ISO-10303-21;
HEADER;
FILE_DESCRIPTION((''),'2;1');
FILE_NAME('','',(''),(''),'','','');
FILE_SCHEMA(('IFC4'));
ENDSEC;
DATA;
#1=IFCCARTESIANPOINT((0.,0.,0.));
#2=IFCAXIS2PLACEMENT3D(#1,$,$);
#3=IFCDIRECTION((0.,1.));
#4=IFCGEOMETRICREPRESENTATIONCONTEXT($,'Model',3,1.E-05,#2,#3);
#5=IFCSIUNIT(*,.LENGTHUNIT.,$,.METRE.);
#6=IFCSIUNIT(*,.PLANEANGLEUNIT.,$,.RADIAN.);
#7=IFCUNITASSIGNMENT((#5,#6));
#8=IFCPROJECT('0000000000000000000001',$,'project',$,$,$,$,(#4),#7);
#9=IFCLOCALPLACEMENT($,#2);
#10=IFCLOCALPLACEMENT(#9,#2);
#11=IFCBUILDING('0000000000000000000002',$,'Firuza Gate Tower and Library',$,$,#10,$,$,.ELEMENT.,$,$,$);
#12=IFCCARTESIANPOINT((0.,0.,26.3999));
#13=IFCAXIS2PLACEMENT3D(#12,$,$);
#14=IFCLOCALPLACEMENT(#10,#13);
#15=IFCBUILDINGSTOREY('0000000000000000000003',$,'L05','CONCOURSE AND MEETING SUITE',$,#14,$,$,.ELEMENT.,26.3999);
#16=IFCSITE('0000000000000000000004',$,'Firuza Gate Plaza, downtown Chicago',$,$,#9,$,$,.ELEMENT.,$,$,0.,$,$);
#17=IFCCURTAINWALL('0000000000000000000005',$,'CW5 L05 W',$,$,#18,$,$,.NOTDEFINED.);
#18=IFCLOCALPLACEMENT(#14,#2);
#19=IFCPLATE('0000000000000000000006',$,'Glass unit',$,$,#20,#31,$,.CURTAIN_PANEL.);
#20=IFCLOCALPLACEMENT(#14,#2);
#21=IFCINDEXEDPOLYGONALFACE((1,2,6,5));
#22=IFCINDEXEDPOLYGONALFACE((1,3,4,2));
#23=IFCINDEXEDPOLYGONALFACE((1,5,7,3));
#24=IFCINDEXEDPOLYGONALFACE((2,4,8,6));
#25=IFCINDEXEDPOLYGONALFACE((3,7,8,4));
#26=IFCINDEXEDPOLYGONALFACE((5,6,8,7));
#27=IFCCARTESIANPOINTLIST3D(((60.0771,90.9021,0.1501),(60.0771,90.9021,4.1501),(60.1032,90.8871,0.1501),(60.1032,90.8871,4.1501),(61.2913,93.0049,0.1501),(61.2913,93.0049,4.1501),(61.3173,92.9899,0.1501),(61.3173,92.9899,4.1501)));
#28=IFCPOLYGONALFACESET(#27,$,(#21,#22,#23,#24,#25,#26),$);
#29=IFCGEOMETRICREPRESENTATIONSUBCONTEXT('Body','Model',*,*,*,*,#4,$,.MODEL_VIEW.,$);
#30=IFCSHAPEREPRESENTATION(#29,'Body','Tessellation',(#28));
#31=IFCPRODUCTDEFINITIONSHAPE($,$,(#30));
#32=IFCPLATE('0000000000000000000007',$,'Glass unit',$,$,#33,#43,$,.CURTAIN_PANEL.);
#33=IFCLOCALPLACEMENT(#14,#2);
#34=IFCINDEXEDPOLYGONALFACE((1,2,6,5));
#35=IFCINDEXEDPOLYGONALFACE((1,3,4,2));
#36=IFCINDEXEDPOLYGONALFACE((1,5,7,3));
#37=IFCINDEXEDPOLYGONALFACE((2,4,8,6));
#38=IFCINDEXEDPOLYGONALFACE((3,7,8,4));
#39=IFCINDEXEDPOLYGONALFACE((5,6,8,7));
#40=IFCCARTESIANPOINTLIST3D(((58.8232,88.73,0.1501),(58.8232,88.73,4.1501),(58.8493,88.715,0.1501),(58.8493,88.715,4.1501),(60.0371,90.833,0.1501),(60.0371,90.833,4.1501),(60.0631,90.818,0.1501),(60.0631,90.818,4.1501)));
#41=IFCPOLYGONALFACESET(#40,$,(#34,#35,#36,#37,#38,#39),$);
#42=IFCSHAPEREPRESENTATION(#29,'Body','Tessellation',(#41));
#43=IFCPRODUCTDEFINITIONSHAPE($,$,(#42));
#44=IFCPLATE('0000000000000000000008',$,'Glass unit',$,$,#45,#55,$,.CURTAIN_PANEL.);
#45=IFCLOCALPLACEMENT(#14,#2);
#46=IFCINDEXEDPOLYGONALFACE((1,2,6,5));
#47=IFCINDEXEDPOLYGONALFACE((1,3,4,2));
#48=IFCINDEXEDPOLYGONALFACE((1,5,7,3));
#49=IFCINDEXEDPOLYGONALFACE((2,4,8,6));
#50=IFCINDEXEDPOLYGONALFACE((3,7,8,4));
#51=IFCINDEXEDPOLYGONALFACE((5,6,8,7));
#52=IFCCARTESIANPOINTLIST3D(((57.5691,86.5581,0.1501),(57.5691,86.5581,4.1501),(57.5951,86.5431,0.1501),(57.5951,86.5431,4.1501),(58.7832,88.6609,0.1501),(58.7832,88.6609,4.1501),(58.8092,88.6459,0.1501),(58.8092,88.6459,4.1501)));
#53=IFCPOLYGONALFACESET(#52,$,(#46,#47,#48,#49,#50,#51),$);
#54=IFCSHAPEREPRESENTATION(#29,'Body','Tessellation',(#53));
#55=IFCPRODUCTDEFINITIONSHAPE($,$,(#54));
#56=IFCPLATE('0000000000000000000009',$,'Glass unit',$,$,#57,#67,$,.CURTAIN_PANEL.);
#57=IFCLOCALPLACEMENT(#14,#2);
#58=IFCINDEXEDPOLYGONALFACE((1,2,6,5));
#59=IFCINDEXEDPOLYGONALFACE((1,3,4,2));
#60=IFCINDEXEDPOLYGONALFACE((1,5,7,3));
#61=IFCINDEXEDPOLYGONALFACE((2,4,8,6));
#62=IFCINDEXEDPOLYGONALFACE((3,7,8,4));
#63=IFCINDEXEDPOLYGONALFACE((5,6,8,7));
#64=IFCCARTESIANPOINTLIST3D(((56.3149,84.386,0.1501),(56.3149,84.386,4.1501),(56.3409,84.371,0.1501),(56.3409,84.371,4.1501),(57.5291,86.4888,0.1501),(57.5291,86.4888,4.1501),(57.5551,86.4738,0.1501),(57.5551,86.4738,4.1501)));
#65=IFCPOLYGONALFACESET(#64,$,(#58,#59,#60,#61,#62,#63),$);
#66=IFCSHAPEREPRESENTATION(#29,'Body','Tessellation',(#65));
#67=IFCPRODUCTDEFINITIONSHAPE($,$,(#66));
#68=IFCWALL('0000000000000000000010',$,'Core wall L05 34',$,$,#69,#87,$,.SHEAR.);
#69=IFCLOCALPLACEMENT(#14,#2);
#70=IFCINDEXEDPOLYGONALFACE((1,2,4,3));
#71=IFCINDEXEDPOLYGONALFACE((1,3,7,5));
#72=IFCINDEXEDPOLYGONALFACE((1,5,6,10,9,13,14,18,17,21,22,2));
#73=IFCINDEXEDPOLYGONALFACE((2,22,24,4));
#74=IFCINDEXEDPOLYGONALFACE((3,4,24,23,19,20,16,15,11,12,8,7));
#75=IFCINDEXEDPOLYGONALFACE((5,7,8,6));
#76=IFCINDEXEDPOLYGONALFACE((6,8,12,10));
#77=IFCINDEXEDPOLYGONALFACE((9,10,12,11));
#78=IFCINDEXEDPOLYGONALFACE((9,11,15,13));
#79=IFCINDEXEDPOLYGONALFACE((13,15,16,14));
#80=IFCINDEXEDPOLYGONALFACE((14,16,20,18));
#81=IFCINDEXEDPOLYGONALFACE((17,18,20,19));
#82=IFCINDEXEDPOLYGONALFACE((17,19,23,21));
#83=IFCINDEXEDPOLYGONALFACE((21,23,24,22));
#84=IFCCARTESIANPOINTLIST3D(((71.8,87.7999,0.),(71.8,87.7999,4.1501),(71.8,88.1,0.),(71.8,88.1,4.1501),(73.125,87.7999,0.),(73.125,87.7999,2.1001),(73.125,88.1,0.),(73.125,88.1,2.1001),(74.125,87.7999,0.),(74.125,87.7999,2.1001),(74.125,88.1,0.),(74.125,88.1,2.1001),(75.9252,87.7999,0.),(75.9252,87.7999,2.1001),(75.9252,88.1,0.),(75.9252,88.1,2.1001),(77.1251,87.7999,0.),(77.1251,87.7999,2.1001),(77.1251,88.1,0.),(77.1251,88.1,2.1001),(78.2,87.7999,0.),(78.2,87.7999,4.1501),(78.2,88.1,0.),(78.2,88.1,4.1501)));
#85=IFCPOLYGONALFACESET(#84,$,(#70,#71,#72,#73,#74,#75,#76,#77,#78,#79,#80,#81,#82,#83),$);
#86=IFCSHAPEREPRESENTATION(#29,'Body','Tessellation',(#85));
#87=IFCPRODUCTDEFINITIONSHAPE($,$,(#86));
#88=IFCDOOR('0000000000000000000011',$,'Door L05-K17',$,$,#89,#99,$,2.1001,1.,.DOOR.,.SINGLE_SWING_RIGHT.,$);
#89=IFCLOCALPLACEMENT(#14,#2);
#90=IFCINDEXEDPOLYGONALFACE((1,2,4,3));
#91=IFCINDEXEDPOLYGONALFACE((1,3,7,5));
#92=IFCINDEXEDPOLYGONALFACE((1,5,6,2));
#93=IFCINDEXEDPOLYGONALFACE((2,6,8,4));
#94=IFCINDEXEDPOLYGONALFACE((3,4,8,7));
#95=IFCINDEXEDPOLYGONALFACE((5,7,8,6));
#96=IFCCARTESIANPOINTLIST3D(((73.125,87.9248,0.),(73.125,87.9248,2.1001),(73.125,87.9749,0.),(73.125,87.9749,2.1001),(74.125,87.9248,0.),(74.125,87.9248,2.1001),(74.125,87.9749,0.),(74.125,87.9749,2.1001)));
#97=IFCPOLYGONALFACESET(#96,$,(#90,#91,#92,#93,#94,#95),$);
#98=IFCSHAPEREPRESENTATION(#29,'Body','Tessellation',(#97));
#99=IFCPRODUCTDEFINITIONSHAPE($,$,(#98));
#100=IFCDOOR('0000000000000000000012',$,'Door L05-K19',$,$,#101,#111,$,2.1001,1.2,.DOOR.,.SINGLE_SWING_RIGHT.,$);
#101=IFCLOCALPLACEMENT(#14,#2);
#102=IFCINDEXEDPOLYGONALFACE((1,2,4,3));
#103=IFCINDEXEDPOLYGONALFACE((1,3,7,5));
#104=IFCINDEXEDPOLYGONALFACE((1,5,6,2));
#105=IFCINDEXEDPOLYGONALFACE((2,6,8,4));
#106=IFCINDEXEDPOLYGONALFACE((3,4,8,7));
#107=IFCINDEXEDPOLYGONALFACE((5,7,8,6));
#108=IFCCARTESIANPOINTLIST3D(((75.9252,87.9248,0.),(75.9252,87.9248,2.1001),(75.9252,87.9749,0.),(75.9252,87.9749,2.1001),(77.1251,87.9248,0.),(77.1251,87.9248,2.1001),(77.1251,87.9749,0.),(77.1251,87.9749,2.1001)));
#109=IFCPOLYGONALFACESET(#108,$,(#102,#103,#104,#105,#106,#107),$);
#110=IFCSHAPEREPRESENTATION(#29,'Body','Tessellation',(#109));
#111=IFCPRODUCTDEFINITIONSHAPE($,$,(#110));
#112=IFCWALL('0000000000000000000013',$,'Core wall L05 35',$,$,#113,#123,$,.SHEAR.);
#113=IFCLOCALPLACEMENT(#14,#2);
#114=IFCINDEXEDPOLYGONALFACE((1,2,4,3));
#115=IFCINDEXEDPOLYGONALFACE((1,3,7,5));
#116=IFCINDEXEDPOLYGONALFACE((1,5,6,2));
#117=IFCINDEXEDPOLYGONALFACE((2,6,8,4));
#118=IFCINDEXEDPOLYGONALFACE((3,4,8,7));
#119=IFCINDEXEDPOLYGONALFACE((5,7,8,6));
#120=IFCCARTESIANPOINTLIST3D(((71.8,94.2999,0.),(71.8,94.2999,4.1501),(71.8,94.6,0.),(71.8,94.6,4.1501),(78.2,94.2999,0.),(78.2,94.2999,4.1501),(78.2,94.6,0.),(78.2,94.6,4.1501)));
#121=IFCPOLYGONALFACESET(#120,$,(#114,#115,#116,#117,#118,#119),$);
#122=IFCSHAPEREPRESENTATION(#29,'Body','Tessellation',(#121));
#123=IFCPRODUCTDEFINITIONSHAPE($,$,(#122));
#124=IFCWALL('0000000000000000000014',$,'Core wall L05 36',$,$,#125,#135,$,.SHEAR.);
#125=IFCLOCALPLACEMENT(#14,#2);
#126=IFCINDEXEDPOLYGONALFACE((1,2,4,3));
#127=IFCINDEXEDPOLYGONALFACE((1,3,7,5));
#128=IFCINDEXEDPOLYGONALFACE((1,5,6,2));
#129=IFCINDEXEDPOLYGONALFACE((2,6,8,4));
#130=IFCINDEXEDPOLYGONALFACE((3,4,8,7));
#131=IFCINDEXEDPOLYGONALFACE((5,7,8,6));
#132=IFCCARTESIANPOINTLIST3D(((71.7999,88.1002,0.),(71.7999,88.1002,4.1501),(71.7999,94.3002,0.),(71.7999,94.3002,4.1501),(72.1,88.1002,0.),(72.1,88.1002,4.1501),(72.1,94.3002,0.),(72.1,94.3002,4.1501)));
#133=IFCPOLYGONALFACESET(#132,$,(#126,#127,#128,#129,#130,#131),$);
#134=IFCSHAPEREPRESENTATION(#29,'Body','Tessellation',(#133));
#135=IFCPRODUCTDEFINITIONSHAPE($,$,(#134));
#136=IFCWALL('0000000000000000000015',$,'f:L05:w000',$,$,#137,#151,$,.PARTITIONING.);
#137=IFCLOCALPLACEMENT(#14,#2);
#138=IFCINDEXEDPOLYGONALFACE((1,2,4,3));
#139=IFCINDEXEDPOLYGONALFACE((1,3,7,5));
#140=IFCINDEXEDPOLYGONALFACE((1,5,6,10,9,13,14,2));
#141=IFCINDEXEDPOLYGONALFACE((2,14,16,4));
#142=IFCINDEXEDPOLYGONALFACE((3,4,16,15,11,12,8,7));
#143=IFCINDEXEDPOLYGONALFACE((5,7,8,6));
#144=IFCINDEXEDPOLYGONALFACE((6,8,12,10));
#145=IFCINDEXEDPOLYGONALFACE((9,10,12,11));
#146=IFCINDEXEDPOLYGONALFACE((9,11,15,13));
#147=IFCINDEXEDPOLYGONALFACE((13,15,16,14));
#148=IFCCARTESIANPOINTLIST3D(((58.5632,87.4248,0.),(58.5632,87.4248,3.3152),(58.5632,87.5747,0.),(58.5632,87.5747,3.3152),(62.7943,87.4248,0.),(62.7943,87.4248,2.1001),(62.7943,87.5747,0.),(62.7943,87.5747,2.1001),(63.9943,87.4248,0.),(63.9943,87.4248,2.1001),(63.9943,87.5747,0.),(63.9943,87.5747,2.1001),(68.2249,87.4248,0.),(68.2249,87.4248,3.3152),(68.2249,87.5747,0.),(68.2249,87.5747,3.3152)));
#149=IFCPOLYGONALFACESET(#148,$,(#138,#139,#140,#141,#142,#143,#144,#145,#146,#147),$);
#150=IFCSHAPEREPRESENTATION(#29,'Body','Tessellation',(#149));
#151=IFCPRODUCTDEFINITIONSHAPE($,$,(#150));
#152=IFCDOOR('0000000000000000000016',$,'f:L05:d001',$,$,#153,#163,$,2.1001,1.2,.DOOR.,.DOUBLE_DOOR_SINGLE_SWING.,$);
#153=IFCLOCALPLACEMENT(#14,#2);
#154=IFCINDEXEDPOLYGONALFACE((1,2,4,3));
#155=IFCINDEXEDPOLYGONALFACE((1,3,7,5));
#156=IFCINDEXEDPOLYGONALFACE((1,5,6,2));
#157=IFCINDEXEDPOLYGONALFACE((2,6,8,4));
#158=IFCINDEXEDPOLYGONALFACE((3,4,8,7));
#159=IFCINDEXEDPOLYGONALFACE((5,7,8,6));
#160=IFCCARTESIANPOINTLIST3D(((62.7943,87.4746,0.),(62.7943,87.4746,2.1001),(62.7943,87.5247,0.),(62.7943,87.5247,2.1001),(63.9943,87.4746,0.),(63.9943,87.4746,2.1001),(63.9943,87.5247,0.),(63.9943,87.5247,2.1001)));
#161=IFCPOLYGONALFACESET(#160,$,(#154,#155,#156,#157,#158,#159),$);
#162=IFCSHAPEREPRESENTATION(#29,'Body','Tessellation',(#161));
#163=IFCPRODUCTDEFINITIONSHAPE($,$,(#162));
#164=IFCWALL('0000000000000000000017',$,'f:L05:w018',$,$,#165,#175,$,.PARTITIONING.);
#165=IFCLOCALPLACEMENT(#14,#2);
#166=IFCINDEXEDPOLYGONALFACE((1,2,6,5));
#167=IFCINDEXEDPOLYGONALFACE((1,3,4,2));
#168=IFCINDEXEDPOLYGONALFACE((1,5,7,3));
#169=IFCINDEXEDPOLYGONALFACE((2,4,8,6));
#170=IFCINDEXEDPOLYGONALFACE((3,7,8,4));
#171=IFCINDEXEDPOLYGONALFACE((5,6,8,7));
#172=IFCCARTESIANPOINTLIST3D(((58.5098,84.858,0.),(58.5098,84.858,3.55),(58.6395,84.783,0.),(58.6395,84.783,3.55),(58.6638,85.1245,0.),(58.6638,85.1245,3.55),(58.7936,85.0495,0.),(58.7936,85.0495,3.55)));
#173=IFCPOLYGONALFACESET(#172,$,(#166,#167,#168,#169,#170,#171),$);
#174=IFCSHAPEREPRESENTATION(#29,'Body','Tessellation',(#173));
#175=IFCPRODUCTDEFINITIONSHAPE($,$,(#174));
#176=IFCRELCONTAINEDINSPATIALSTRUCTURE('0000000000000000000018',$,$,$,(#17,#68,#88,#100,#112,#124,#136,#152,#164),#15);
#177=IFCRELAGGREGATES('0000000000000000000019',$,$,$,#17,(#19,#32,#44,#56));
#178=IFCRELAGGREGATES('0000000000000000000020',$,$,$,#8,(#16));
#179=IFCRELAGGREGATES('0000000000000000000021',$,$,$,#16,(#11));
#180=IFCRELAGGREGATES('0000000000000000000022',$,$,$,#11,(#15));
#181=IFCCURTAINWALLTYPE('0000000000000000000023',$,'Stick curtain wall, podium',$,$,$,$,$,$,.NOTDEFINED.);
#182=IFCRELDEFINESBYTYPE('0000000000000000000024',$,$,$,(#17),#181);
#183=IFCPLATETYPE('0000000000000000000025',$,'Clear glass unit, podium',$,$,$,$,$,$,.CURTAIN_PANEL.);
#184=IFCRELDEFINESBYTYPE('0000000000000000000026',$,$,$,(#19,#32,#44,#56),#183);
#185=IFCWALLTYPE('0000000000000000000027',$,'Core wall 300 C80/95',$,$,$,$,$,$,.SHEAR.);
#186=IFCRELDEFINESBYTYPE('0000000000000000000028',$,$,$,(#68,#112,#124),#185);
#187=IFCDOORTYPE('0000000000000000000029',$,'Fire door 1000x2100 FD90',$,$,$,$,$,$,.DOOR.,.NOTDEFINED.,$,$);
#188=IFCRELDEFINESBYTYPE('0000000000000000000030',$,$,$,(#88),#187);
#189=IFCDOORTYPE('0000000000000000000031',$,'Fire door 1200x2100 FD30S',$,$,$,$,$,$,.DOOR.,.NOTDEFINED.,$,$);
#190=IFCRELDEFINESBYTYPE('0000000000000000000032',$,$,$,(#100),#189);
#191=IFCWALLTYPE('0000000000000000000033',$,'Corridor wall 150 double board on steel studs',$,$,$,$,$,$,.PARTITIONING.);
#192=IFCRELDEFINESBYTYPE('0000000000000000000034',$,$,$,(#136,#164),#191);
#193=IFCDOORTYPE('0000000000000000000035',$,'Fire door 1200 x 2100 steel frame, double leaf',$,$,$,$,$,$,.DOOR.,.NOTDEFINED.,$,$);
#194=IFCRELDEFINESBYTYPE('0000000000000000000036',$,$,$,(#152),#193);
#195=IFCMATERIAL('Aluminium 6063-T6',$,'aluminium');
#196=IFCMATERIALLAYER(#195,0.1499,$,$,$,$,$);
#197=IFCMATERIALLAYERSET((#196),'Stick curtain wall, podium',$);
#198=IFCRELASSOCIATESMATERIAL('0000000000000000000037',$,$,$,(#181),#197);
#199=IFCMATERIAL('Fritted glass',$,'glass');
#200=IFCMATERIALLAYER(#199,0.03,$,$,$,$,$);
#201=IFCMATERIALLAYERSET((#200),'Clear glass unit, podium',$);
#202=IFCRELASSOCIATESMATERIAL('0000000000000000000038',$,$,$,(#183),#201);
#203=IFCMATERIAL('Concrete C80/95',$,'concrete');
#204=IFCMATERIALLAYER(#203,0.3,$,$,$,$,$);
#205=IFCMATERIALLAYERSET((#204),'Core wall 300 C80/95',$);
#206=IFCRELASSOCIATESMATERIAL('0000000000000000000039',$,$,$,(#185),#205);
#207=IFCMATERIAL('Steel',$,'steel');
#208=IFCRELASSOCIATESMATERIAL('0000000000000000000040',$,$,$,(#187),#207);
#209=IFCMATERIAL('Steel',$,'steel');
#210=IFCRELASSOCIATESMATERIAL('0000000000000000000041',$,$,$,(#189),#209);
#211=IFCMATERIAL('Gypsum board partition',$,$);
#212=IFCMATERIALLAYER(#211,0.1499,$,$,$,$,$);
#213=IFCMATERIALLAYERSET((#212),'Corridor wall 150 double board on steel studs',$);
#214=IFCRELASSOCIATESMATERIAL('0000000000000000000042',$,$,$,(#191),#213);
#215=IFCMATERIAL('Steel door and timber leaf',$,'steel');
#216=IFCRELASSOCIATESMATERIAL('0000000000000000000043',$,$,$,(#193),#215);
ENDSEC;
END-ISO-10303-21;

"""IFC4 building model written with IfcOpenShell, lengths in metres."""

from ifc_helpers import new_model, si_unit, direction, frame, frame_2d, origin, place, context, subcontext, project, spatial, polyline, rectangle, outline, extrude, material, layer, layer_set, type_object, element, fill, aggregate, save


model = new_model("IFC4")

# Units and contexts
model_context = context("Model", 3, precision=1e-05, world=origin(), true_north=direction((0.0, 1.0)))
body_context = subcontext(model_context, "Body", "Model", "MODEL_VIEW")
ifc_project = project(units=[si_unit("LENGTHUNIT", "METRE"), si_unit("PLANEANGLEUNIT", "RADIAN")], contexts=[model_context])

# Site, building, storey
site_placement = place(None, origin())
site = spatial("IfcSite", under=ifc_project, at=site_placement, Name="Firuza Gate Plaza, downtown Chicago", CompositionType="ELEMENT", RefElevation=0.0)
building_placement = place(site_placement, origin())
building = spatial("IfcBuilding", under=site, at=building_placement, Name="Firuza Gate Tower and Library", CompositionType="ELEMENT")
storey_placement = place(building_placement, frame((0.0, 0.0, 26.3999)))
storey = spatial("IfcBuildingStorey", under=building, at=storey_placement, Name="L05", Description="CONCOURSE AND MEETING SUITE", CompositionType="ELEMENT", Elevation=26.3999)

# Curtain wall
ifc_material_1 = material(Name="Aluminium 6063-T6", Category="aluminium")
ifc_layer_1 = layer(ifc_material_1, 0.1499)
ifc_layer_set_1 = layer_set([ifc_layer_1], Name="Stick curtain wall, podium")
curtain_wall_type = type_object("IfcCurtainWallType", Name="Stick curtain wall, podium", PredefinedType="NOTDEFINED", material=ifc_layer_set_1)
placement = place(storey_placement, origin())
curtain_wall = element("IfcCurtainWall", 1, at=placement, inside=storey, type_object=curtain_wall_type, Name="CW5 L05 W", PredefinedType="NOTDEFINED")

# Plates
ifc_material_2 = material(Name="Fritted glass", Category="glass")
ifc_layer_2 = layer(ifc_material_2, 0.03)
ifc_layer_set_2 = layer_set([ifc_layer_2], Name="Clear glass unit, podium")
plate_type = type_object("IfcPlateType", Name="Clear glass unit, podium", PredefinedType="CURTAIN_PANEL", material=ifc_layer_set_2)
plate_1_placement = place(storey_placement, frame((61.2913, 93.0049, 0.1501), z_axis=(-0.866013, 0.500021, 0.0), x_axis=(-0.500021, -0.866013, 0.0)))
plate_1 = element("IfcPlate", 2, at=plate_1_placement, type_object=plate_type, Name="Glass unit", PredefinedType="CURTAIN_PANEL", context=body_context, shape_type="SweptSolid", body=[
    extrude(outline(polyline([(0.0, 0.0), (2.4281, 0.0), (2.4281, 4.0), (0.0, 4.0), (0.0, 0.0)])), origin(), (0.0, 0.0, -1.0), 0.03),
])
plate_2_placement = place(storey_placement, frame((60.0371, 90.833, 0.1501), z_axis=(-0.866082, 0.499902, 0.0), x_axis=(-0.499902, -0.866082, 0.0)))
plate_2 = element("IfcPlate", 3, at=plate_2_placement, type_object=plate_type, Name="Glass unit", PredefinedType="CURTAIN_PANEL", context=body_context, shape_type="SweptSolid", body=[
    extrude(outline(polyline([(0.0, 0.0), (2.4282, 0.0), (2.4282, 4.0), (0.0, 4.0), (0.0, 0.0)])), origin(), (0.0, 0.0, -1.0), 0.03),
])
plate_3_placement = place(storey_placement, frame((58.7832, 88.6609, 0.1501), z_axis=(-0.866013, 0.500021, 0.0), x_axis=(-0.500021, -0.866013, 0.0)))
plate_3 = element("IfcPlate", 4, at=plate_3_placement, type_object=plate_type, Name="Glass unit", PredefinedType="CURTAIN_PANEL", context=body_context, shape_type="SweptSolid", body=[
    extrude(outline(polyline([(0.0, 0.0), (2.4281, 0.0), (2.4281, 4.0), (0.0, 4.0), (0.0, 0.0)])), origin(), (0.0, 0.0, -1.0), 0.03),
])
plate_4_placement = place(storey_placement, frame((57.5291, 86.4888, 0.1501), z_axis=(-0.866013, 0.500021, 0.0), x_axis=(-0.500021, -0.866013, 0.0)))
plate_4 = element("IfcPlate", 5, at=plate_4_placement, type_object=plate_type, Name="Glass unit", PredefinedType="CURTAIN_PANEL", context=body_context, shape_type="SweptSolid", body=[
    extrude(outline(polyline([(0.0, 0.0), (2.4281, 0.0), (2.4281, 4.0), (0.0, 4.0), (0.0, 0.0)])), origin(), (0.0, 0.0, -1.0), 0.03),
])
aggregate(curtain_wall, [plate_1, plate_2, plate_3, plate_4])

# Wall, openings, doors
ifc_material_3 = material(Name="Concrete C80/95", Category="concrete")
ifc_layer_3 = layer(ifc_material_3, 0.3)
ifc_layer_set_3 = layer_set([ifc_layer_3], Name="Core wall 300 C80/95")
wall_type_1 = type_object("IfcWallType", Name="Core wall 300 C80/95", PredefinedType="SHEAR", material=ifc_layer_set_3)
wall_1_placement = place(storey_placement, frame((71.8, 87.95, 0.0), z_axis=(0.0, 0.0, 1.0), x_axis=(1.0, 0.0, 0.0)))
wall_1 = element("IfcWall", 6, at=wall_1_placement, inside=storey, type_object=wall_type_1, Name="Core wall L05 34", PredefinedType="SHEAR", context=body_context, shape_type="SweptSolid", body=[
    extrude(rectangle(XDim=6.3999, YDim=0.3, at=frame_2d((3.2, 0.0))), origin(), (0.0, 0.0, 1.0), 4.1501),
])
opening_1_placement = place(wall_1_placement, frame((1.325, 0.0, 0.0)))
opening_1 = element("IfcOpeningElement", 7, at=opening_1_placement, cuts=wall_1, PredefinedType="OPENING", context=body_context, shape_type="SweptSolid", body=[
    extrude(rectangle(XDim=1.0, YDim=2.1001, at=frame_2d((0.5, 1.05))), frame((0.0, 0.1602, 0.0), z_axis=(0.0, -1.0, 0.0), x_axis=(1.0, 0.0, 0.0)), (0.0, 0.0, 1.0), 0.3201),
])
opening_2_placement = place(wall_1_placement, frame((4.125, 0.0, 0.0)))
opening_2 = element("IfcOpeningElement", 8, at=opening_2_placement, cuts=wall_1, PredefinedType="OPENING", context=body_context, shape_type="SweptSolid", body=[
    extrude(rectangle(XDim=1.2, YDim=2.1001, at=frame_2d((0.6001, 1.05))), frame((0.0, 0.1602, 0.0), z_axis=(0.0, -1.0, 0.0), x_axis=(1.0, 0.0, 0.0)), (0.0, 0.0, 1.0), 0.3201),
])
ifc_material_4 = material(Name="Steel", Category="steel")
door_type_1 = type_object("IfcDoorType", Name="Fire door 1000x2100 FD90", OperationType="NOTDEFINED", PredefinedType="DOOR", material=ifc_material_4)
door_1_placement = place(opening_1_placement, origin())
door_1 = element("IfcDoor", 9, at=door_1_placement, inside=storey, type_object=door_type_1, Name="Door L05-K17", OperationType="SINGLE_SWING_RIGHT", OverallHeight=2.1001, OverallWidth=1.0, PredefinedType="DOOR", context=body_context, shape_type="SweptSolid", body=[
    extrude(rectangle(XDim=1.0, YDim=2.1001, at=frame_2d((0.5, 1.05))), frame((0.0, 0.0249, 0.0), z_axis=(0.0, -1.0, 0.0), x_axis=(1.0, 0.0, 0.0)), (0.0, 0.0, 1.0), 0.05),
])
fill(opening_1, door_1)
ifc_material_5 = material(Name="Steel", Category="steel")
door_type_2 = type_object("IfcDoorType", Name="Fire door 1200x2100 FD30S", OperationType="NOTDEFINED", PredefinedType="DOOR", material=ifc_material_5)
door_2_placement = place(opening_2_placement, origin())
door_2 = element("IfcDoor", 10, at=door_2_placement, inside=storey, type_object=door_type_2, Name="Door L05-K19", OperationType="SINGLE_SWING_RIGHT", OverallHeight=2.1001, OverallWidth=1.2, PredefinedType="DOOR", context=body_context, shape_type="SweptSolid", body=[
    extrude(rectangle(XDim=1.2, YDim=2.1001, at=frame_2d((0.6001, 1.05))), frame((0.0, 0.0249, 0.0), z_axis=(0.0, -1.0, 0.0), x_axis=(1.0, 0.0, 0.0)), (0.0, 0.0, 1.0), 0.05),
])
fill(opening_2, door_2)

# Walls
wall_2_placement = place(storey_placement, frame((71.8, 94.45, 0.0), z_axis=(0.0, 0.0, 1.0), x_axis=(1.0, 0.0, 0.0)))
element("IfcWall", 11, at=wall_2_placement, inside=storey, type_object=wall_type_1, Name="Core wall L05 35", PredefinedType="SHEAR", context=body_context, shape_type="SweptSolid", body=[
    extrude(rectangle(XDim=6.3999, YDim=0.3, at=frame_2d((3.2, 0.0))), origin(), (0.0, 0.0, 1.0), 4.1501),
])
wall_3_placement = place(storey_placement, frame((71.95, 88.1001, 0.0), z_axis=(0.0, 0.0, 1.0), x_axis=(0.0, 1.0, 0.0)))
element("IfcWall", 12, at=wall_3_placement, inside=storey, type_object=wall_type_1, Name="Core wall L05 36", PredefinedType="SHEAR", context=body_context, shape_type="SweptSolid", body=[
    extrude(rectangle(XDim=6.2, YDim=0.3, at=frame_2d((3.1001, 0.0))), origin(), (0.0, 0.0, 1.0), 4.1501),
])

# Wall, opening, door
ifc_material_6 = material(Name="Gypsum board partition")
ifc_layer_4 = layer(ifc_material_6, 0.1499)
ifc_layer_set_4 = layer_set([ifc_layer_4], Name="Corridor wall 150 double board on steel studs")
wall_type_2 = type_object("IfcWallType", Name="Corridor wall 150 double board on steel studs", PredefinedType="PARTITIONING", material=ifc_layer_set_4)
wall_4_placement = place(storey_placement, frame((58.5632, 87.4998, 0.0), z_axis=(0.0, 0.0, 1.0), x_axis=(1.0, 0.0, 0.0)))
wall_4 = element("IfcWall", 13, at=wall_4_placement, inside=storey, type_object=wall_type_2, Name="f:L05:w000", PredefinedType="PARTITIONING", context=body_context, shape_type="SweptSolid", body=[
    extrude(rectangle(XDim=9.6616, YDim=0.1499, at=frame_2d((4.8308, 0.0))), origin(), (0.0, 0.0, 1.0), 3.3152),
])
opening_3_placement = place(wall_4_placement, frame((4.231, 0.0, 0.0)))
opening_3 = element("IfcOpeningElement", 14, at=opening_3_placement, cuts=wall_4, PredefinedType="OPENING", context=body_context, shape_type="SweptSolid", body=[
    extrude(rectangle(XDim=1.2, YDim=2.1001, at=frame_2d((0.6001, 1.05))), frame((0.0, 0.085, 0.0), z_axis=(0.0, -1.0, 0.0), x_axis=(1.0, 0.0, 0.0)), (0.0, 0.0, 1.0), 0.1699),
])
ifc_material_7 = material(Name="Steel door and timber leaf", Category="steel")
door_type_3 = type_object("IfcDoorType", Name="Fire door 1200 x 2100 steel frame, double leaf", OperationType="NOTDEFINED", PredefinedType="DOOR", material=ifc_material_7)
door_3_placement = place(opening_3_placement, origin())
door_3 = element("IfcDoor", 15, at=door_3_placement, inside=storey, type_object=door_type_3, Name="f:L05:d001", OperationType="DOUBLE_DOOR_SINGLE_SWING", OverallHeight=2.1001, OverallWidth=1.2, PredefinedType="DOOR", context=body_context, shape_type="SweptSolid", body=[
    extrude(rectangle(XDim=1.2, YDim=2.1001, at=frame_2d((0.6001, 1.05))), frame((0.0, 0.0249, 0.0), z_axis=(0.0, -1.0, 0.0), x_axis=(1.0, 0.0, 0.0)), (0.0, 0.0, 1.0), 0.05),
])
fill(opening_3, door_3)

# Wall
wall_5_placement = place(storey_placement, frame((58.5747, 84.8206, 0.0), z_axis=(0.0, 0.0, 1.0), x_axis=(0.500317, 0.865842, 0.0)))
element("IfcWall", 16, at=wall_5_placement, inside=storey, type_object=wall_type_2, Name="f:L05:w018", PredefinedType="PARTITIONING", context=body_context, shape_type="SweptSolid", body=[
    extrude(rectangle(XDim=0.3079, YDim=0.1499, at=frame_2d((0.1538, 0.0))), origin(), (0.0, 0.0, 1.0), 3.55),
])

save(model, "model.ifc")
